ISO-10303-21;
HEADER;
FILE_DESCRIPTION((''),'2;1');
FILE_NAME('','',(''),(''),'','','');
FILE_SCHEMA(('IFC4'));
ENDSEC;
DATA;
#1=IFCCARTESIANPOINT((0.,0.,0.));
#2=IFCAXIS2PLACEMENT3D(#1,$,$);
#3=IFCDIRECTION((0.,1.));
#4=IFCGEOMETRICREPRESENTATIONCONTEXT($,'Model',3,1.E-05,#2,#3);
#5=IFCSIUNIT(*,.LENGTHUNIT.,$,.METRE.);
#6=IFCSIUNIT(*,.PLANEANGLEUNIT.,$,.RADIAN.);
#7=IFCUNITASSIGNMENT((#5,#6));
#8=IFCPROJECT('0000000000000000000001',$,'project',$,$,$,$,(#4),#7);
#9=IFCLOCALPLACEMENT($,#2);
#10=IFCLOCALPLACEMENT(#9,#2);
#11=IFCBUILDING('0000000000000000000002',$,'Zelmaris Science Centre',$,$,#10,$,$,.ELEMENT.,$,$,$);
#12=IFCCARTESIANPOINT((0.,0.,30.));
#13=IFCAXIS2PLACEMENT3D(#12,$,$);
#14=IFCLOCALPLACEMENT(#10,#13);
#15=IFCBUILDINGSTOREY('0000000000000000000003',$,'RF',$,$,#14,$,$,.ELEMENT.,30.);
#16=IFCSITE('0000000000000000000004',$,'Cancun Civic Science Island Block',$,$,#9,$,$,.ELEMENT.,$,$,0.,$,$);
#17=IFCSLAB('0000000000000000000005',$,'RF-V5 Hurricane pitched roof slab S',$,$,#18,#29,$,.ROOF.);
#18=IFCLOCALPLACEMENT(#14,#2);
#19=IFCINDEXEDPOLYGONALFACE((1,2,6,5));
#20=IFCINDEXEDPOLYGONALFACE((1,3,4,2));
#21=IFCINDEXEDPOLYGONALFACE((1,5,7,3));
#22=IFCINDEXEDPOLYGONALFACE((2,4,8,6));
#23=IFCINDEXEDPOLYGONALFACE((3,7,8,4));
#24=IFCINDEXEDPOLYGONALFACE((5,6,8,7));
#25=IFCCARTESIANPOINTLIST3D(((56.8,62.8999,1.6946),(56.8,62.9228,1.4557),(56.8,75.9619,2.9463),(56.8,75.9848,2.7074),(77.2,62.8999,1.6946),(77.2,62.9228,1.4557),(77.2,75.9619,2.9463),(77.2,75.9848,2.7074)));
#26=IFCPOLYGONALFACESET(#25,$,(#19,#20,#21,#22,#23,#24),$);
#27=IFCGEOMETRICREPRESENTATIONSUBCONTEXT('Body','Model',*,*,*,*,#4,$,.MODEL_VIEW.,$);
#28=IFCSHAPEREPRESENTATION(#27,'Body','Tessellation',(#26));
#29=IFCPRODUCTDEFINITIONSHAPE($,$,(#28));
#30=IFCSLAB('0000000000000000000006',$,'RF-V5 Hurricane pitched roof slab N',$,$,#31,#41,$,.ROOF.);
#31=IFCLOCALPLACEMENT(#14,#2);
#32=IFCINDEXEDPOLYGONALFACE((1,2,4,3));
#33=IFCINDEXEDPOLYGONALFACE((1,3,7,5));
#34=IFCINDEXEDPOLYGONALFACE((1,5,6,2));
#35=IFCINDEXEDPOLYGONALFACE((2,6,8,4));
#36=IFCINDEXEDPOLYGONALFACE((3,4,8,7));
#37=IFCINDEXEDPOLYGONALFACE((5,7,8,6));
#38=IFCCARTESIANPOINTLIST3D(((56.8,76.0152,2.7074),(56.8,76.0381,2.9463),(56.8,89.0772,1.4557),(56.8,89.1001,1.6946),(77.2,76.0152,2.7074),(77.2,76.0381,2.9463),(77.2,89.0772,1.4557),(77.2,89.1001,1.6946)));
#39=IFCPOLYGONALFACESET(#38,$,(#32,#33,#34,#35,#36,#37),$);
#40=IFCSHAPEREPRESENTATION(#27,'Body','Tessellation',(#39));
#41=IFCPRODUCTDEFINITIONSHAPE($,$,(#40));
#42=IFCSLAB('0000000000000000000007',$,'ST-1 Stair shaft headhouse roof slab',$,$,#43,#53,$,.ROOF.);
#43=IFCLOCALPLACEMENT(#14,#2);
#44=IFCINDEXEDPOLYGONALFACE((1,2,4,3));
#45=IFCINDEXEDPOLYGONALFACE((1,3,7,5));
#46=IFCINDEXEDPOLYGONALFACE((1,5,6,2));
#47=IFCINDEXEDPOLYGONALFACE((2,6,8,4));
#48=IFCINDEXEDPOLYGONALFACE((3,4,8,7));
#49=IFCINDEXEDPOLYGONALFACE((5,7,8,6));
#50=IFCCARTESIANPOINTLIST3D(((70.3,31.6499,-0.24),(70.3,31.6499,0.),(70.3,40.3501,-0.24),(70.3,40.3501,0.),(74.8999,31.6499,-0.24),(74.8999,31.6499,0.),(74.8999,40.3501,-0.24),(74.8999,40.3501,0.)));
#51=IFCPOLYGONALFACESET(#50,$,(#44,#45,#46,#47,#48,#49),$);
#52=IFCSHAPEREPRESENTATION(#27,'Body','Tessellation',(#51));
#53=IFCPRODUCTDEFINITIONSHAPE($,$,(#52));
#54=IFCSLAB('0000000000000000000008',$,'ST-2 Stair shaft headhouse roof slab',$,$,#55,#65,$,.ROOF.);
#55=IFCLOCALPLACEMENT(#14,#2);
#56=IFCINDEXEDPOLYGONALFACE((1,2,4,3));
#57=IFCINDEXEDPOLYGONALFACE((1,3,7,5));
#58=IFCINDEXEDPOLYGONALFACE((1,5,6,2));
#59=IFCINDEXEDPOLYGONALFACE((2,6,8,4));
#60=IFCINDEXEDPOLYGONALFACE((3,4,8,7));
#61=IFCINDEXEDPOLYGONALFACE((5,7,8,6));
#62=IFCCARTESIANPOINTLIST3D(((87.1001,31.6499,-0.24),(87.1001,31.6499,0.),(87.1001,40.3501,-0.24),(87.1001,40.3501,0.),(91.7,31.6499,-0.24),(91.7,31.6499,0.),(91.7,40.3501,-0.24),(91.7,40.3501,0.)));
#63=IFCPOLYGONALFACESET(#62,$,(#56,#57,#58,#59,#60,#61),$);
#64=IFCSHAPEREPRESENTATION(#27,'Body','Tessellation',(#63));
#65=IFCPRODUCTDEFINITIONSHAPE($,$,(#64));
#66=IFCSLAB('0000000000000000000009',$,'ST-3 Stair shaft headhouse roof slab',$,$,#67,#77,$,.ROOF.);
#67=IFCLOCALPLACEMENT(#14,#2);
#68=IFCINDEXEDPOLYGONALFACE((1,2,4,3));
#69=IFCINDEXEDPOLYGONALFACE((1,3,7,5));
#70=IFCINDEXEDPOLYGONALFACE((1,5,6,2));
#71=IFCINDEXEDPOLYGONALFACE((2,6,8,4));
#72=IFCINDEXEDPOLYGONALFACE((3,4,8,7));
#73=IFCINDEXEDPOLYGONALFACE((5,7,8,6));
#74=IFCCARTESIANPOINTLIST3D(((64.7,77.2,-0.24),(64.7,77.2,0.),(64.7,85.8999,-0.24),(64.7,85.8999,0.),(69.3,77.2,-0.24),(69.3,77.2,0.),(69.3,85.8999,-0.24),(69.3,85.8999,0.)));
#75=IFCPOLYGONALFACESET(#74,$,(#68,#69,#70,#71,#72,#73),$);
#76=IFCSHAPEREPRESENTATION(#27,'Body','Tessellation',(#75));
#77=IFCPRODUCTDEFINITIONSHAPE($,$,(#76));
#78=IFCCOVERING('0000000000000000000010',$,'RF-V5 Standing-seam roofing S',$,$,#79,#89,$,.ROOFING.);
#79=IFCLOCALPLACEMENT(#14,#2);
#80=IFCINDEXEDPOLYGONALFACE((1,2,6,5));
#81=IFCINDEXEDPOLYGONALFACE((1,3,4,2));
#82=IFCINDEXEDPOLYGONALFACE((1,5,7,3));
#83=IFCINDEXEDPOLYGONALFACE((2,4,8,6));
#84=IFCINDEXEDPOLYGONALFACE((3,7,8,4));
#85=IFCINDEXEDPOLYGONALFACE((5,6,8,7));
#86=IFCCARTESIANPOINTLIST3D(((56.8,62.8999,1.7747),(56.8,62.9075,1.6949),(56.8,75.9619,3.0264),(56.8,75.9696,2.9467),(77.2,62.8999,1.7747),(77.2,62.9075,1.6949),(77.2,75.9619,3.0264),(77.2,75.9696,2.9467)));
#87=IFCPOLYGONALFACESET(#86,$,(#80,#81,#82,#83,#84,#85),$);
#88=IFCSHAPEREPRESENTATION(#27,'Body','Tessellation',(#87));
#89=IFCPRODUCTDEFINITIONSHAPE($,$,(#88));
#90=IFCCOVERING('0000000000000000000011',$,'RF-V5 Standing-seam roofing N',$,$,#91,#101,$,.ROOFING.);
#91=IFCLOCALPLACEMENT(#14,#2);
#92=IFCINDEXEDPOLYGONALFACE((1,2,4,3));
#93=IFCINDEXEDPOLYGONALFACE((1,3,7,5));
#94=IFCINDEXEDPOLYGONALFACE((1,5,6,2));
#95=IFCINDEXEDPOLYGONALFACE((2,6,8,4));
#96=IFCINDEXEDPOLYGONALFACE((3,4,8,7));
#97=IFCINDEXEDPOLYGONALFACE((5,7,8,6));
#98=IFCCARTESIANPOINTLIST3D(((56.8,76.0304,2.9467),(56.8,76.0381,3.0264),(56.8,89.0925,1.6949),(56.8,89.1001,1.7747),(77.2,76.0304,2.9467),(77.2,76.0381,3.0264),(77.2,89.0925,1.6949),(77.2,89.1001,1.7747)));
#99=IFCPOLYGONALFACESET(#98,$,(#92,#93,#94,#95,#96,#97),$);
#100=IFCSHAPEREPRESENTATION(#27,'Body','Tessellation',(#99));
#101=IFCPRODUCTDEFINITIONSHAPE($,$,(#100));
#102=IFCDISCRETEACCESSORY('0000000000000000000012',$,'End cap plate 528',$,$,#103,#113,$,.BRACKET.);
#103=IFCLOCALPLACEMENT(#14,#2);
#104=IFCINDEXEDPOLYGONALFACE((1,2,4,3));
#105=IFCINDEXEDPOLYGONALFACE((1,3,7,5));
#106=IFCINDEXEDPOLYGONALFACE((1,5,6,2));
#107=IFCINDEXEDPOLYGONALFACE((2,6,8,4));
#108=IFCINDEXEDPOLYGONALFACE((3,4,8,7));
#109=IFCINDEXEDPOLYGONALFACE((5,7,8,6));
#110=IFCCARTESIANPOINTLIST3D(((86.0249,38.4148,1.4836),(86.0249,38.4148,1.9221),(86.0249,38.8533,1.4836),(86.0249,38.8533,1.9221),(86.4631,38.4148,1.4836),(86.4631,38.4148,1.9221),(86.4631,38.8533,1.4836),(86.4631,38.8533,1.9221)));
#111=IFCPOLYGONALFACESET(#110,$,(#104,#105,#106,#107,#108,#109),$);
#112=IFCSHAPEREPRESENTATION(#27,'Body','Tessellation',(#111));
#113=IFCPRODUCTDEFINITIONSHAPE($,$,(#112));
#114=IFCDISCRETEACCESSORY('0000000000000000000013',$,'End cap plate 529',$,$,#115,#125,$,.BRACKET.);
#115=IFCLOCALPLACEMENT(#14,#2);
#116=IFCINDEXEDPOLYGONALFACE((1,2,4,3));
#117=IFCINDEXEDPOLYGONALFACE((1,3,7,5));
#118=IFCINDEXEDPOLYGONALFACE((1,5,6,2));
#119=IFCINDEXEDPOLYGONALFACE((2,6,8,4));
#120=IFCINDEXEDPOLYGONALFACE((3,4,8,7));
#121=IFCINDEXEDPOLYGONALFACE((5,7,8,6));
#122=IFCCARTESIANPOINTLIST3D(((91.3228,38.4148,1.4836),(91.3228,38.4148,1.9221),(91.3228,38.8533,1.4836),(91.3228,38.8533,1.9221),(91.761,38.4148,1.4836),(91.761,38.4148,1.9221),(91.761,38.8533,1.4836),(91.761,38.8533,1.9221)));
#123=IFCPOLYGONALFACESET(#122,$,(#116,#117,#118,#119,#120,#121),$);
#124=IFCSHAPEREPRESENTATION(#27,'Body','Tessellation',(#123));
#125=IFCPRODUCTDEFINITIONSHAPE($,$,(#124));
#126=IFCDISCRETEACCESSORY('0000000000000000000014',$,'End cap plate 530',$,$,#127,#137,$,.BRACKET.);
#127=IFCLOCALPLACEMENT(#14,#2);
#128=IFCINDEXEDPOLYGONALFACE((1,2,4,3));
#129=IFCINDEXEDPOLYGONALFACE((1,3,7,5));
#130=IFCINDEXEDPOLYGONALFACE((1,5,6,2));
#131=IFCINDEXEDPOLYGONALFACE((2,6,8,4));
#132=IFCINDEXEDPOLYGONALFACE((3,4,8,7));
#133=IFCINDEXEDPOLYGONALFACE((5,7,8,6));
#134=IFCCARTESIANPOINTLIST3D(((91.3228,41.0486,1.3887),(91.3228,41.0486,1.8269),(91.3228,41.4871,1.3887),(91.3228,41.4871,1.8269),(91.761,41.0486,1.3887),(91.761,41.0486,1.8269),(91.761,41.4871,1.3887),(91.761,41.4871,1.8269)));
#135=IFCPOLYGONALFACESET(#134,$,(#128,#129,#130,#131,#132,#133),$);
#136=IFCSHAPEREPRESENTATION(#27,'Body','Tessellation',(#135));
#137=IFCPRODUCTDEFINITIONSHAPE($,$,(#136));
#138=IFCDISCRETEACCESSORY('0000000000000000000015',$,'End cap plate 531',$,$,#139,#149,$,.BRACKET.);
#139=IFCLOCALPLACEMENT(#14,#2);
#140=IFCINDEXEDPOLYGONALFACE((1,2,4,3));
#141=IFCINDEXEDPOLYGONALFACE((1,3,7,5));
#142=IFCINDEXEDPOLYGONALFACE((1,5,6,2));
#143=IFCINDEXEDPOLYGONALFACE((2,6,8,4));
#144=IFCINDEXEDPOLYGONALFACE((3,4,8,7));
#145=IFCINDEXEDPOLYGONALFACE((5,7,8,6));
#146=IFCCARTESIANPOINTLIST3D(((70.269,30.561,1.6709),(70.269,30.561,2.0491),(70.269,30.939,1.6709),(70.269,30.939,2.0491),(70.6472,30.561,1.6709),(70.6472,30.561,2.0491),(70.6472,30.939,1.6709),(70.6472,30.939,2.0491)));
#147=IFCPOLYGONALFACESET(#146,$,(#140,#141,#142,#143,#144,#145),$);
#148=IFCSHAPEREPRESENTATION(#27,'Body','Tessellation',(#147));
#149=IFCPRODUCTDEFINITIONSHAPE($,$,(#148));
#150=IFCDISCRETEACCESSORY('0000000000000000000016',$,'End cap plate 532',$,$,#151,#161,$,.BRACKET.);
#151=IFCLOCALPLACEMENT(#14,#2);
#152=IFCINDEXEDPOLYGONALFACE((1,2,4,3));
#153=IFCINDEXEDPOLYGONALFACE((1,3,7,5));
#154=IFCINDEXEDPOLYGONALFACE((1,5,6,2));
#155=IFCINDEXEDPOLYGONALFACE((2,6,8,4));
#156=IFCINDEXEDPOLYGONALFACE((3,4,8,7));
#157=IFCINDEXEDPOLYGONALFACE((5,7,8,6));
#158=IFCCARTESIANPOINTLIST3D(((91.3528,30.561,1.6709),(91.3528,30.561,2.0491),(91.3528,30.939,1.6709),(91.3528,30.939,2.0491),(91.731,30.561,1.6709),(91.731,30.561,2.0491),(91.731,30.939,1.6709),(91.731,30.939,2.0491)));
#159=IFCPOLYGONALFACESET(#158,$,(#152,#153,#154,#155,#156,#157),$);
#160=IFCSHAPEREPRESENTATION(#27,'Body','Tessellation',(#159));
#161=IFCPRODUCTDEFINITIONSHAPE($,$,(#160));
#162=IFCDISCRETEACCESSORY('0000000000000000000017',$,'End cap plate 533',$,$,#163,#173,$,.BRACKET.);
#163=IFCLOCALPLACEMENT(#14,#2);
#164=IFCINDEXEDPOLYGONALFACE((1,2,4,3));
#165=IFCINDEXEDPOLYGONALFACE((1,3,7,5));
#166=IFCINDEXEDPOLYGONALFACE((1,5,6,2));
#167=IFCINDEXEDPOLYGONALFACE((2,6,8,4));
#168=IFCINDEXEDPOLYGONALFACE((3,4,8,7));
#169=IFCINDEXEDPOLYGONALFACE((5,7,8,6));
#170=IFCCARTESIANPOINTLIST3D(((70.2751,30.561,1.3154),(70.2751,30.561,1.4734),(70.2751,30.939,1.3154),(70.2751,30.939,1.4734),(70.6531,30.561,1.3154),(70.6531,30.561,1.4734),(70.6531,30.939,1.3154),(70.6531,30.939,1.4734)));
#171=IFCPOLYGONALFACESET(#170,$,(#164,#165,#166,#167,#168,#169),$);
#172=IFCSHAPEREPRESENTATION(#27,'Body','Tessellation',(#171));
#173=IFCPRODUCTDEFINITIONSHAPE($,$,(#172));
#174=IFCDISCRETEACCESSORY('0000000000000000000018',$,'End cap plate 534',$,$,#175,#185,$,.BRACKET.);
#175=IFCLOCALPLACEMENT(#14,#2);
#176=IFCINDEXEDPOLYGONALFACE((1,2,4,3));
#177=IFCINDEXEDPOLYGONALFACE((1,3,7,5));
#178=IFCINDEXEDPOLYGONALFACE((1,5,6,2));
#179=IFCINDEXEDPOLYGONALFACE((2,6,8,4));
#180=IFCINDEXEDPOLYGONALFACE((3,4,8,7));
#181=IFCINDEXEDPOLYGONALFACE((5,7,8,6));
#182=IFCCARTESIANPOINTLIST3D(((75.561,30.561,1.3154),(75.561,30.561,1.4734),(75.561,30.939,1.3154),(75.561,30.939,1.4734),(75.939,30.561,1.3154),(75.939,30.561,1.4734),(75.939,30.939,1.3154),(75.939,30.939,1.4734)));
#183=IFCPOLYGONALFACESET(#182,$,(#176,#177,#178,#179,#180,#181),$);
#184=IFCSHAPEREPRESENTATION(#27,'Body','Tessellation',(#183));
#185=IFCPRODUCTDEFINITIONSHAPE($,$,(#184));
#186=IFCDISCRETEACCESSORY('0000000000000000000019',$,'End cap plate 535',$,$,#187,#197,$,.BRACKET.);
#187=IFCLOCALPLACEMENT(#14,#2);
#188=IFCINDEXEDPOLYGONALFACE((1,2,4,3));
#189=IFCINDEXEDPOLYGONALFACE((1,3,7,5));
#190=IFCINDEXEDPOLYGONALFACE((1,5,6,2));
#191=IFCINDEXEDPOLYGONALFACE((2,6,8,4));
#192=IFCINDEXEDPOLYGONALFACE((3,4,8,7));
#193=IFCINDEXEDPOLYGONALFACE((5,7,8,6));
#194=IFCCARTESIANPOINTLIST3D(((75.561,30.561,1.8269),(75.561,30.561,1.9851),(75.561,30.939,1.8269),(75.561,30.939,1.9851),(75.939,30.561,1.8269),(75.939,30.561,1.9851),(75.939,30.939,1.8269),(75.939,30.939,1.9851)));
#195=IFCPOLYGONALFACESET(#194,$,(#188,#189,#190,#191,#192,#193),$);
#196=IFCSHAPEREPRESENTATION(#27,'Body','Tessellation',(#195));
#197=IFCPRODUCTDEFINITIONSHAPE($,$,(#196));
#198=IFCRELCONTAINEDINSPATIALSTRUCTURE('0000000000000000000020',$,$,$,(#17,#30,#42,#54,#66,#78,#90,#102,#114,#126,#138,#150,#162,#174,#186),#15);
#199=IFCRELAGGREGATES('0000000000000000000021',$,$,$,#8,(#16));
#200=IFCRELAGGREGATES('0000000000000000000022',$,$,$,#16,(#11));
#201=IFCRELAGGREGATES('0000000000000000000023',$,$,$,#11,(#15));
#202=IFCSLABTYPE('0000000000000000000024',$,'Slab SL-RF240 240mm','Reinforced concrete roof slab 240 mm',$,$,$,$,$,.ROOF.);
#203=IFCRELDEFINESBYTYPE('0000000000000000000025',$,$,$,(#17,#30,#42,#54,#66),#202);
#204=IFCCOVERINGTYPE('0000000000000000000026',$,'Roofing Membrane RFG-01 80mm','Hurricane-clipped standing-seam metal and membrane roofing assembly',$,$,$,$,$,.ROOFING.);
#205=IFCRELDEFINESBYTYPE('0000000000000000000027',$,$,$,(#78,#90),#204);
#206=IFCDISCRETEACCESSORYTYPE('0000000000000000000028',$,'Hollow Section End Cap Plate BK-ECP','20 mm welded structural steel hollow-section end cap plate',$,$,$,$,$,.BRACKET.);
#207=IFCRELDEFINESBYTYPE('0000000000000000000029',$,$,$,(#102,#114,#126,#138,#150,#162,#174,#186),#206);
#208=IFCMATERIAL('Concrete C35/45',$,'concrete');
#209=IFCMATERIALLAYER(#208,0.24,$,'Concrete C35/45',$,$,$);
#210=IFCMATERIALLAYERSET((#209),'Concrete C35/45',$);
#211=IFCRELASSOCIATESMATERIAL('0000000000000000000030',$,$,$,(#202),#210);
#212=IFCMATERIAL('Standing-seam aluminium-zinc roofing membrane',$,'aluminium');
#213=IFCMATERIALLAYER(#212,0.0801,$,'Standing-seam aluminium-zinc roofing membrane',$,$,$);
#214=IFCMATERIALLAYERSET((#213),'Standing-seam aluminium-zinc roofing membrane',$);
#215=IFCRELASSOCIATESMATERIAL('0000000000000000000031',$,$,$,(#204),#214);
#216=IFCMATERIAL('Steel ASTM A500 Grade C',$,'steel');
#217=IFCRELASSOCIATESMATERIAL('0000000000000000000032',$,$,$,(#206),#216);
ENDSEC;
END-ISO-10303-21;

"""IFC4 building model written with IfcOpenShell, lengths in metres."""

from ifc_helpers import new_model, si_unit, direction, frame, origin, place, context, subcontext, project, spatial, polyline, outline, extrude, material, layer, layer_set, type_object, element, save


model = new_model("IFC4")

# Units and contexts
model_context = context("Model", 3, precision=1e-05, world=origin(), true_north=direction((0.0, 1.0)))
body_context = subcontext(model_context, "Body", "Model", "MODEL_VIEW")
ifc_project = project(units=[si_unit("LENGTHUNIT", "METRE"), si_unit("PLANEANGLEUNIT", "RADIAN")], contexts=[model_context])

# Site, building, storey
site_placement = place(None, origin())
site = spatial("IfcSite", under=ifc_project, at=site_placement, Name="Cancun Civic Science Island Block", CompositionType="ELEMENT", RefElevation=0.0)
building_placement = place(site_placement, origin())
building = spatial("IfcBuilding", under=site, at=building_placement, Name="Zelmaris Science Centre", CompositionType="ELEMENT")
storey_placement = place(building_placement, frame((0.0, 0.0, 30.0)))
storey = spatial("IfcBuildingStorey", under=building, at=storey_placement, Name="RF", CompositionType="ELEMENT", Elevation=30.0)

# Slabs
ifc_material_1 = material(Name="Concrete C35/45", Category="concrete")
ifc_layer_1 = layer(ifc_material_1, 0.24, Name="Concrete C35/45")
ifc_layer_set_1 = layer_set([ifc_layer_1], Name="Concrete C35/45")
slab_type = type_object("IfcSlabType", Name="Slab SL-RF240 240mm", Description="Reinforced concrete roof slab 240 mm", PredefinedType="ROOF", material=ifc_layer_set_1)
for number, where, z_axis, x_axis, name in (
    (1, (56.8, 62.8999, 1.6946), (0.0, -0.095391, 0.99544), (1.0, 0.0, 0.0), "RF-V5 Hurricane pitched roof slab S"),
    (2, (56.8, 76.0381, 2.9463), (0.0, 0.095391, 0.99544), (1.0, 0.0, 0.0), "RF-V5 Hurricane pitched roof slab N"),
):
    element("IfcSlab", number, at=place(storey_placement, frame(where, z_axis=z_axis, x_axis=x_axis)), inside=storey, type_object=slab_type, Name=name, PredefinedType="ROOF", context=body_context, shape_type="SweptSolid", body=[
        extrude(outline(polyline([(0.0, 0.0), (20.3999, 0.0), (20.3999, 13.1218), (0.0, 13.1218), (0.0, 0.0)])), origin(), (0.0, 0.0, -1.0), 0.24),
    ])
slab_1_placement = place(storey_placement, frame((0.0, 0.0, -0.24)))
element("IfcSlab", 3, at=slab_1_placement, inside=storey, type_object=slab_type, Name="ST-1 Stair shaft headhouse roof slab", PredefinedType="ROOF", context=body_context, shape_type="SweptSolid", body=[
    extrude(outline(polyline([(74.8999, 31.6499), (74.8999, 40.3501), (70.3, 40.3501), (70.3, 31.6499), (74.8999, 31.6499)])), origin(), (0.0, 0.0, 1.0), 0.24),
])
slab_2_placement = place(storey_placement, frame((0.0, 0.0, -0.24)))
element("IfcSlab", 4, at=slab_2_placement, inside=storey, type_object=slab_type, Name="ST-2 Stair shaft headhouse roof slab", PredefinedType="ROOF", context=body_context, shape_type="SweptSolid", body=[
    extrude(outline(polyline([(87.1001, 31.6499), (87.1001, 40.3501), (91.7, 40.3501), (91.7, 31.6499), (87.1001, 31.6499)])), origin(), (0.0, 0.0, 1.0), 0.24),
])
slab_3_placement = place(storey_placement, frame((0.0, 0.0, -0.24)))
element("IfcSlab", 5, at=slab_3_placement, inside=storey, type_object=slab_type, Name="ST-3 Stair shaft headhouse roof slab", PredefinedType="ROOF", context=body_context, shape_type="SweptSolid", body=[
    extrude(outline(polyline([(64.7, 85.8999), (69.3, 85.8999), (69.3, 77.2), (64.7, 77.2), (64.7, 85.8999)])), origin(), (0.0, 0.0, 1.0), 0.24),
])

# Coverings
ifc_material_2 = material(Name="Standing-seam aluminium-zinc roofing membrane", Category="aluminium")
ifc_layer_2 = layer(ifc_material_2, 0.0801, Name="Standing-seam aluminium-zinc roofing membrane")
ifc_layer_set_2 = layer_set([ifc_layer_2], Name="Standing-seam aluminium-zinc roofing membrane")
covering_type = type_object("IfcCoveringType", Name="Roofing Membrane RFG-01 80mm", Description="Hurricane-clipped standing-seam metal and membrane roofing assembly", PredefinedType="ROOFING", material=ifc_layer_set_2)
for number, where, z_axis, x_axis, name in (
    (6, (56.8, 62.8999, 1.7747), (0.0, -0.095391, 0.99544), (1.0, 0.0, 0.0), "RF-V5 Standing-seam roofing S"),
    (7, (56.8, 76.0381, 3.0264), (0.0, 0.095391, 0.99544), (1.0, 0.0, 0.0), "RF-V5 Standing-seam roofing N"),
):
    element("IfcCovering", number, at=place(storey_placement, frame(where, z_axis=z_axis, x_axis=x_axis)), inside=storey, type_object=covering_type, Name=name, PredefinedType="ROOFING", context=body_context, shape_type="SweptSolid", body=[
        extrude(outline(polyline([(0.0, 0.0), (20.3999, 0.0), (20.3999, 13.1218), (0.0, 13.1218), (0.0, 0.0)])), origin(), (0.0, 0.0, -1.0), 0.0801),
    ])

# Discrete accessories
ifc_material_3 = material(Name="Steel ASTM A500 Grade C", Category="steel")
discrete_accessory_type = type_object("IfcDiscreteAccessoryType", Name="Hollow Section End Cap Plate BK-ECP", Description="20 mm welded structural steel hollow-section end cap plate", PredefinedType="BRACKET", material=ifc_material_3)
discrete_accessory_1_placement = place(storey_placement, frame((0.0, 0.0, 1.4836)))
element("IfcDiscreteAccessory", 8, at=discrete_accessory_1_placement, inside=storey, type_object=discrete_accessory_type, Name="End cap plate 528", PredefinedType="BRACKET", context=body_context, shape_type="SweptSolid", body=[
    extrude(outline(polyline([(86.0249, 38.4148), (86.4631, 38.4148), (86.4631, 38.8533), (86.0249, 38.8533), (86.0249, 38.4148)])), origin(), (0.0, 0.0, 1.0), 0.4385),
])
discrete_accessory_2_placement = place(storey_placement, frame((0.0, 0.0, 1.4836)))
element("IfcDiscreteAccessory", 9, at=discrete_accessory_2_placement, inside=storey, type_object=discrete_accessory_type, Name="End cap plate 529", PredefinedType="BRACKET", context=body_context, shape_type="SweptSolid", body=[
    extrude(outline(polyline([(91.3228, 38.4148), (91.761, 38.4148), (91.761, 38.8533), (91.3228, 38.8533), (91.3228, 38.4148)])), origin(), (0.0, 0.0, 1.0), 0.4385),
])
discrete_accessory_3_placement = place(storey_placement, frame((0.0, 0.0, 1.3887)))
element("IfcDiscreteAccessory", 10, at=discrete_accessory_3_placement, inside=storey, type_object=discrete_accessory_type, Name="End cap plate 530", PredefinedType="BRACKET", context=body_context, shape_type="SweptSolid", body=[
    extrude(outline(polyline([(91.3228, 41.0486), (91.761, 41.0486), (91.761, 41.4871), (91.3228, 41.4871), (91.3228, 41.0486)])), origin(), (0.0, 0.0, 1.0), 0.4382),
])
discrete_accessory_4_placement = place(storey_placement, frame((0.0, 0.0, 1.6709)))
element("IfcDiscreteAccessory", 11, at=discrete_accessory_4_placement, inside=storey, type_object=discrete_accessory_type, Name="End cap plate 531", PredefinedType="BRACKET", context=body_context, shape_type="SweptSolid", body=[
    extrude(outline(polyline([(70.269, 30.561), (70.6472, 30.561), (70.6472, 30.939), (70.269, 30.939), (70.269, 30.561)])), origin(), (0.0, 0.0, 1.0), 0.3782),
])
discrete_accessory_5_placement = place(storey_placement, frame((0.0, 0.0, 1.6709)))
element("IfcDiscreteAccessory", 12, at=discrete_accessory_5_placement, inside=storey, type_object=discrete_accessory_type, Name="End cap plate 532", PredefinedType="BRACKET", context=body_context, shape_type="SweptSolid", body=[
    extrude(outline(polyline([(91.3528, 30.561), (91.731, 30.561), (91.731, 30.939), (91.3528, 30.939), (91.3528, 30.561)])), origin(), (0.0, 0.0, 1.0), 0.3782),
])
discrete_accessory_6_placement = place(storey_placement, frame((0.0, 0.0, 1.3154)))
element("IfcDiscreteAccessory", 13, at=discrete_accessory_6_placement, inside=storey, type_object=discrete_accessory_type, Name="End cap plate 533", PredefinedType="BRACKET", context=body_context, shape_type="SweptSolid", body=[
    extrude(outline(polyline([(70.2751, 30.561), (70.6531, 30.561), (70.6531, 30.939), (70.2751, 30.939), (70.2751, 30.561)])), origin(), (0.0, 0.0, 1.0), 0.158),
])
discrete_accessory_7_placement = place(storey_placement, frame((0.0, 0.0, 1.3154)))
element("IfcDiscreteAccessory", 14, at=discrete_accessory_7_placement, inside=storey, type_object=discrete_accessory_type, Name="End cap plate 534", PredefinedType="BRACKET", context=body_context, shape_type="SweptSolid", body=[
    extrude(outline(polyline([(75.561, 30.561), (75.939, 30.561), (75.939, 30.939), (75.561, 30.939), (75.561, 30.561)])), origin(), (0.0, 0.0, 1.0), 0.158),
])
discrete_accessory_8_placement = place(storey_placement, frame((0.0, 0.0, 1.8269)))
element("IfcDiscreteAccessory", 15, at=discrete_accessory_8_placement, inside=storey, type_object=discrete_accessory_type, Name="End cap plate 535", PredefinedType="BRACKET", context=body_context, shape_type="SweptSolid", body=[
    extrude(outline(polyline([(75.561, 30.561), (75.939, 30.561), (75.939, 30.939), (75.561, 30.939), (75.561, 30.561)])), origin(), (0.0, 0.0, 1.0), 0.1582),
])

save(model, "model.ifc")
